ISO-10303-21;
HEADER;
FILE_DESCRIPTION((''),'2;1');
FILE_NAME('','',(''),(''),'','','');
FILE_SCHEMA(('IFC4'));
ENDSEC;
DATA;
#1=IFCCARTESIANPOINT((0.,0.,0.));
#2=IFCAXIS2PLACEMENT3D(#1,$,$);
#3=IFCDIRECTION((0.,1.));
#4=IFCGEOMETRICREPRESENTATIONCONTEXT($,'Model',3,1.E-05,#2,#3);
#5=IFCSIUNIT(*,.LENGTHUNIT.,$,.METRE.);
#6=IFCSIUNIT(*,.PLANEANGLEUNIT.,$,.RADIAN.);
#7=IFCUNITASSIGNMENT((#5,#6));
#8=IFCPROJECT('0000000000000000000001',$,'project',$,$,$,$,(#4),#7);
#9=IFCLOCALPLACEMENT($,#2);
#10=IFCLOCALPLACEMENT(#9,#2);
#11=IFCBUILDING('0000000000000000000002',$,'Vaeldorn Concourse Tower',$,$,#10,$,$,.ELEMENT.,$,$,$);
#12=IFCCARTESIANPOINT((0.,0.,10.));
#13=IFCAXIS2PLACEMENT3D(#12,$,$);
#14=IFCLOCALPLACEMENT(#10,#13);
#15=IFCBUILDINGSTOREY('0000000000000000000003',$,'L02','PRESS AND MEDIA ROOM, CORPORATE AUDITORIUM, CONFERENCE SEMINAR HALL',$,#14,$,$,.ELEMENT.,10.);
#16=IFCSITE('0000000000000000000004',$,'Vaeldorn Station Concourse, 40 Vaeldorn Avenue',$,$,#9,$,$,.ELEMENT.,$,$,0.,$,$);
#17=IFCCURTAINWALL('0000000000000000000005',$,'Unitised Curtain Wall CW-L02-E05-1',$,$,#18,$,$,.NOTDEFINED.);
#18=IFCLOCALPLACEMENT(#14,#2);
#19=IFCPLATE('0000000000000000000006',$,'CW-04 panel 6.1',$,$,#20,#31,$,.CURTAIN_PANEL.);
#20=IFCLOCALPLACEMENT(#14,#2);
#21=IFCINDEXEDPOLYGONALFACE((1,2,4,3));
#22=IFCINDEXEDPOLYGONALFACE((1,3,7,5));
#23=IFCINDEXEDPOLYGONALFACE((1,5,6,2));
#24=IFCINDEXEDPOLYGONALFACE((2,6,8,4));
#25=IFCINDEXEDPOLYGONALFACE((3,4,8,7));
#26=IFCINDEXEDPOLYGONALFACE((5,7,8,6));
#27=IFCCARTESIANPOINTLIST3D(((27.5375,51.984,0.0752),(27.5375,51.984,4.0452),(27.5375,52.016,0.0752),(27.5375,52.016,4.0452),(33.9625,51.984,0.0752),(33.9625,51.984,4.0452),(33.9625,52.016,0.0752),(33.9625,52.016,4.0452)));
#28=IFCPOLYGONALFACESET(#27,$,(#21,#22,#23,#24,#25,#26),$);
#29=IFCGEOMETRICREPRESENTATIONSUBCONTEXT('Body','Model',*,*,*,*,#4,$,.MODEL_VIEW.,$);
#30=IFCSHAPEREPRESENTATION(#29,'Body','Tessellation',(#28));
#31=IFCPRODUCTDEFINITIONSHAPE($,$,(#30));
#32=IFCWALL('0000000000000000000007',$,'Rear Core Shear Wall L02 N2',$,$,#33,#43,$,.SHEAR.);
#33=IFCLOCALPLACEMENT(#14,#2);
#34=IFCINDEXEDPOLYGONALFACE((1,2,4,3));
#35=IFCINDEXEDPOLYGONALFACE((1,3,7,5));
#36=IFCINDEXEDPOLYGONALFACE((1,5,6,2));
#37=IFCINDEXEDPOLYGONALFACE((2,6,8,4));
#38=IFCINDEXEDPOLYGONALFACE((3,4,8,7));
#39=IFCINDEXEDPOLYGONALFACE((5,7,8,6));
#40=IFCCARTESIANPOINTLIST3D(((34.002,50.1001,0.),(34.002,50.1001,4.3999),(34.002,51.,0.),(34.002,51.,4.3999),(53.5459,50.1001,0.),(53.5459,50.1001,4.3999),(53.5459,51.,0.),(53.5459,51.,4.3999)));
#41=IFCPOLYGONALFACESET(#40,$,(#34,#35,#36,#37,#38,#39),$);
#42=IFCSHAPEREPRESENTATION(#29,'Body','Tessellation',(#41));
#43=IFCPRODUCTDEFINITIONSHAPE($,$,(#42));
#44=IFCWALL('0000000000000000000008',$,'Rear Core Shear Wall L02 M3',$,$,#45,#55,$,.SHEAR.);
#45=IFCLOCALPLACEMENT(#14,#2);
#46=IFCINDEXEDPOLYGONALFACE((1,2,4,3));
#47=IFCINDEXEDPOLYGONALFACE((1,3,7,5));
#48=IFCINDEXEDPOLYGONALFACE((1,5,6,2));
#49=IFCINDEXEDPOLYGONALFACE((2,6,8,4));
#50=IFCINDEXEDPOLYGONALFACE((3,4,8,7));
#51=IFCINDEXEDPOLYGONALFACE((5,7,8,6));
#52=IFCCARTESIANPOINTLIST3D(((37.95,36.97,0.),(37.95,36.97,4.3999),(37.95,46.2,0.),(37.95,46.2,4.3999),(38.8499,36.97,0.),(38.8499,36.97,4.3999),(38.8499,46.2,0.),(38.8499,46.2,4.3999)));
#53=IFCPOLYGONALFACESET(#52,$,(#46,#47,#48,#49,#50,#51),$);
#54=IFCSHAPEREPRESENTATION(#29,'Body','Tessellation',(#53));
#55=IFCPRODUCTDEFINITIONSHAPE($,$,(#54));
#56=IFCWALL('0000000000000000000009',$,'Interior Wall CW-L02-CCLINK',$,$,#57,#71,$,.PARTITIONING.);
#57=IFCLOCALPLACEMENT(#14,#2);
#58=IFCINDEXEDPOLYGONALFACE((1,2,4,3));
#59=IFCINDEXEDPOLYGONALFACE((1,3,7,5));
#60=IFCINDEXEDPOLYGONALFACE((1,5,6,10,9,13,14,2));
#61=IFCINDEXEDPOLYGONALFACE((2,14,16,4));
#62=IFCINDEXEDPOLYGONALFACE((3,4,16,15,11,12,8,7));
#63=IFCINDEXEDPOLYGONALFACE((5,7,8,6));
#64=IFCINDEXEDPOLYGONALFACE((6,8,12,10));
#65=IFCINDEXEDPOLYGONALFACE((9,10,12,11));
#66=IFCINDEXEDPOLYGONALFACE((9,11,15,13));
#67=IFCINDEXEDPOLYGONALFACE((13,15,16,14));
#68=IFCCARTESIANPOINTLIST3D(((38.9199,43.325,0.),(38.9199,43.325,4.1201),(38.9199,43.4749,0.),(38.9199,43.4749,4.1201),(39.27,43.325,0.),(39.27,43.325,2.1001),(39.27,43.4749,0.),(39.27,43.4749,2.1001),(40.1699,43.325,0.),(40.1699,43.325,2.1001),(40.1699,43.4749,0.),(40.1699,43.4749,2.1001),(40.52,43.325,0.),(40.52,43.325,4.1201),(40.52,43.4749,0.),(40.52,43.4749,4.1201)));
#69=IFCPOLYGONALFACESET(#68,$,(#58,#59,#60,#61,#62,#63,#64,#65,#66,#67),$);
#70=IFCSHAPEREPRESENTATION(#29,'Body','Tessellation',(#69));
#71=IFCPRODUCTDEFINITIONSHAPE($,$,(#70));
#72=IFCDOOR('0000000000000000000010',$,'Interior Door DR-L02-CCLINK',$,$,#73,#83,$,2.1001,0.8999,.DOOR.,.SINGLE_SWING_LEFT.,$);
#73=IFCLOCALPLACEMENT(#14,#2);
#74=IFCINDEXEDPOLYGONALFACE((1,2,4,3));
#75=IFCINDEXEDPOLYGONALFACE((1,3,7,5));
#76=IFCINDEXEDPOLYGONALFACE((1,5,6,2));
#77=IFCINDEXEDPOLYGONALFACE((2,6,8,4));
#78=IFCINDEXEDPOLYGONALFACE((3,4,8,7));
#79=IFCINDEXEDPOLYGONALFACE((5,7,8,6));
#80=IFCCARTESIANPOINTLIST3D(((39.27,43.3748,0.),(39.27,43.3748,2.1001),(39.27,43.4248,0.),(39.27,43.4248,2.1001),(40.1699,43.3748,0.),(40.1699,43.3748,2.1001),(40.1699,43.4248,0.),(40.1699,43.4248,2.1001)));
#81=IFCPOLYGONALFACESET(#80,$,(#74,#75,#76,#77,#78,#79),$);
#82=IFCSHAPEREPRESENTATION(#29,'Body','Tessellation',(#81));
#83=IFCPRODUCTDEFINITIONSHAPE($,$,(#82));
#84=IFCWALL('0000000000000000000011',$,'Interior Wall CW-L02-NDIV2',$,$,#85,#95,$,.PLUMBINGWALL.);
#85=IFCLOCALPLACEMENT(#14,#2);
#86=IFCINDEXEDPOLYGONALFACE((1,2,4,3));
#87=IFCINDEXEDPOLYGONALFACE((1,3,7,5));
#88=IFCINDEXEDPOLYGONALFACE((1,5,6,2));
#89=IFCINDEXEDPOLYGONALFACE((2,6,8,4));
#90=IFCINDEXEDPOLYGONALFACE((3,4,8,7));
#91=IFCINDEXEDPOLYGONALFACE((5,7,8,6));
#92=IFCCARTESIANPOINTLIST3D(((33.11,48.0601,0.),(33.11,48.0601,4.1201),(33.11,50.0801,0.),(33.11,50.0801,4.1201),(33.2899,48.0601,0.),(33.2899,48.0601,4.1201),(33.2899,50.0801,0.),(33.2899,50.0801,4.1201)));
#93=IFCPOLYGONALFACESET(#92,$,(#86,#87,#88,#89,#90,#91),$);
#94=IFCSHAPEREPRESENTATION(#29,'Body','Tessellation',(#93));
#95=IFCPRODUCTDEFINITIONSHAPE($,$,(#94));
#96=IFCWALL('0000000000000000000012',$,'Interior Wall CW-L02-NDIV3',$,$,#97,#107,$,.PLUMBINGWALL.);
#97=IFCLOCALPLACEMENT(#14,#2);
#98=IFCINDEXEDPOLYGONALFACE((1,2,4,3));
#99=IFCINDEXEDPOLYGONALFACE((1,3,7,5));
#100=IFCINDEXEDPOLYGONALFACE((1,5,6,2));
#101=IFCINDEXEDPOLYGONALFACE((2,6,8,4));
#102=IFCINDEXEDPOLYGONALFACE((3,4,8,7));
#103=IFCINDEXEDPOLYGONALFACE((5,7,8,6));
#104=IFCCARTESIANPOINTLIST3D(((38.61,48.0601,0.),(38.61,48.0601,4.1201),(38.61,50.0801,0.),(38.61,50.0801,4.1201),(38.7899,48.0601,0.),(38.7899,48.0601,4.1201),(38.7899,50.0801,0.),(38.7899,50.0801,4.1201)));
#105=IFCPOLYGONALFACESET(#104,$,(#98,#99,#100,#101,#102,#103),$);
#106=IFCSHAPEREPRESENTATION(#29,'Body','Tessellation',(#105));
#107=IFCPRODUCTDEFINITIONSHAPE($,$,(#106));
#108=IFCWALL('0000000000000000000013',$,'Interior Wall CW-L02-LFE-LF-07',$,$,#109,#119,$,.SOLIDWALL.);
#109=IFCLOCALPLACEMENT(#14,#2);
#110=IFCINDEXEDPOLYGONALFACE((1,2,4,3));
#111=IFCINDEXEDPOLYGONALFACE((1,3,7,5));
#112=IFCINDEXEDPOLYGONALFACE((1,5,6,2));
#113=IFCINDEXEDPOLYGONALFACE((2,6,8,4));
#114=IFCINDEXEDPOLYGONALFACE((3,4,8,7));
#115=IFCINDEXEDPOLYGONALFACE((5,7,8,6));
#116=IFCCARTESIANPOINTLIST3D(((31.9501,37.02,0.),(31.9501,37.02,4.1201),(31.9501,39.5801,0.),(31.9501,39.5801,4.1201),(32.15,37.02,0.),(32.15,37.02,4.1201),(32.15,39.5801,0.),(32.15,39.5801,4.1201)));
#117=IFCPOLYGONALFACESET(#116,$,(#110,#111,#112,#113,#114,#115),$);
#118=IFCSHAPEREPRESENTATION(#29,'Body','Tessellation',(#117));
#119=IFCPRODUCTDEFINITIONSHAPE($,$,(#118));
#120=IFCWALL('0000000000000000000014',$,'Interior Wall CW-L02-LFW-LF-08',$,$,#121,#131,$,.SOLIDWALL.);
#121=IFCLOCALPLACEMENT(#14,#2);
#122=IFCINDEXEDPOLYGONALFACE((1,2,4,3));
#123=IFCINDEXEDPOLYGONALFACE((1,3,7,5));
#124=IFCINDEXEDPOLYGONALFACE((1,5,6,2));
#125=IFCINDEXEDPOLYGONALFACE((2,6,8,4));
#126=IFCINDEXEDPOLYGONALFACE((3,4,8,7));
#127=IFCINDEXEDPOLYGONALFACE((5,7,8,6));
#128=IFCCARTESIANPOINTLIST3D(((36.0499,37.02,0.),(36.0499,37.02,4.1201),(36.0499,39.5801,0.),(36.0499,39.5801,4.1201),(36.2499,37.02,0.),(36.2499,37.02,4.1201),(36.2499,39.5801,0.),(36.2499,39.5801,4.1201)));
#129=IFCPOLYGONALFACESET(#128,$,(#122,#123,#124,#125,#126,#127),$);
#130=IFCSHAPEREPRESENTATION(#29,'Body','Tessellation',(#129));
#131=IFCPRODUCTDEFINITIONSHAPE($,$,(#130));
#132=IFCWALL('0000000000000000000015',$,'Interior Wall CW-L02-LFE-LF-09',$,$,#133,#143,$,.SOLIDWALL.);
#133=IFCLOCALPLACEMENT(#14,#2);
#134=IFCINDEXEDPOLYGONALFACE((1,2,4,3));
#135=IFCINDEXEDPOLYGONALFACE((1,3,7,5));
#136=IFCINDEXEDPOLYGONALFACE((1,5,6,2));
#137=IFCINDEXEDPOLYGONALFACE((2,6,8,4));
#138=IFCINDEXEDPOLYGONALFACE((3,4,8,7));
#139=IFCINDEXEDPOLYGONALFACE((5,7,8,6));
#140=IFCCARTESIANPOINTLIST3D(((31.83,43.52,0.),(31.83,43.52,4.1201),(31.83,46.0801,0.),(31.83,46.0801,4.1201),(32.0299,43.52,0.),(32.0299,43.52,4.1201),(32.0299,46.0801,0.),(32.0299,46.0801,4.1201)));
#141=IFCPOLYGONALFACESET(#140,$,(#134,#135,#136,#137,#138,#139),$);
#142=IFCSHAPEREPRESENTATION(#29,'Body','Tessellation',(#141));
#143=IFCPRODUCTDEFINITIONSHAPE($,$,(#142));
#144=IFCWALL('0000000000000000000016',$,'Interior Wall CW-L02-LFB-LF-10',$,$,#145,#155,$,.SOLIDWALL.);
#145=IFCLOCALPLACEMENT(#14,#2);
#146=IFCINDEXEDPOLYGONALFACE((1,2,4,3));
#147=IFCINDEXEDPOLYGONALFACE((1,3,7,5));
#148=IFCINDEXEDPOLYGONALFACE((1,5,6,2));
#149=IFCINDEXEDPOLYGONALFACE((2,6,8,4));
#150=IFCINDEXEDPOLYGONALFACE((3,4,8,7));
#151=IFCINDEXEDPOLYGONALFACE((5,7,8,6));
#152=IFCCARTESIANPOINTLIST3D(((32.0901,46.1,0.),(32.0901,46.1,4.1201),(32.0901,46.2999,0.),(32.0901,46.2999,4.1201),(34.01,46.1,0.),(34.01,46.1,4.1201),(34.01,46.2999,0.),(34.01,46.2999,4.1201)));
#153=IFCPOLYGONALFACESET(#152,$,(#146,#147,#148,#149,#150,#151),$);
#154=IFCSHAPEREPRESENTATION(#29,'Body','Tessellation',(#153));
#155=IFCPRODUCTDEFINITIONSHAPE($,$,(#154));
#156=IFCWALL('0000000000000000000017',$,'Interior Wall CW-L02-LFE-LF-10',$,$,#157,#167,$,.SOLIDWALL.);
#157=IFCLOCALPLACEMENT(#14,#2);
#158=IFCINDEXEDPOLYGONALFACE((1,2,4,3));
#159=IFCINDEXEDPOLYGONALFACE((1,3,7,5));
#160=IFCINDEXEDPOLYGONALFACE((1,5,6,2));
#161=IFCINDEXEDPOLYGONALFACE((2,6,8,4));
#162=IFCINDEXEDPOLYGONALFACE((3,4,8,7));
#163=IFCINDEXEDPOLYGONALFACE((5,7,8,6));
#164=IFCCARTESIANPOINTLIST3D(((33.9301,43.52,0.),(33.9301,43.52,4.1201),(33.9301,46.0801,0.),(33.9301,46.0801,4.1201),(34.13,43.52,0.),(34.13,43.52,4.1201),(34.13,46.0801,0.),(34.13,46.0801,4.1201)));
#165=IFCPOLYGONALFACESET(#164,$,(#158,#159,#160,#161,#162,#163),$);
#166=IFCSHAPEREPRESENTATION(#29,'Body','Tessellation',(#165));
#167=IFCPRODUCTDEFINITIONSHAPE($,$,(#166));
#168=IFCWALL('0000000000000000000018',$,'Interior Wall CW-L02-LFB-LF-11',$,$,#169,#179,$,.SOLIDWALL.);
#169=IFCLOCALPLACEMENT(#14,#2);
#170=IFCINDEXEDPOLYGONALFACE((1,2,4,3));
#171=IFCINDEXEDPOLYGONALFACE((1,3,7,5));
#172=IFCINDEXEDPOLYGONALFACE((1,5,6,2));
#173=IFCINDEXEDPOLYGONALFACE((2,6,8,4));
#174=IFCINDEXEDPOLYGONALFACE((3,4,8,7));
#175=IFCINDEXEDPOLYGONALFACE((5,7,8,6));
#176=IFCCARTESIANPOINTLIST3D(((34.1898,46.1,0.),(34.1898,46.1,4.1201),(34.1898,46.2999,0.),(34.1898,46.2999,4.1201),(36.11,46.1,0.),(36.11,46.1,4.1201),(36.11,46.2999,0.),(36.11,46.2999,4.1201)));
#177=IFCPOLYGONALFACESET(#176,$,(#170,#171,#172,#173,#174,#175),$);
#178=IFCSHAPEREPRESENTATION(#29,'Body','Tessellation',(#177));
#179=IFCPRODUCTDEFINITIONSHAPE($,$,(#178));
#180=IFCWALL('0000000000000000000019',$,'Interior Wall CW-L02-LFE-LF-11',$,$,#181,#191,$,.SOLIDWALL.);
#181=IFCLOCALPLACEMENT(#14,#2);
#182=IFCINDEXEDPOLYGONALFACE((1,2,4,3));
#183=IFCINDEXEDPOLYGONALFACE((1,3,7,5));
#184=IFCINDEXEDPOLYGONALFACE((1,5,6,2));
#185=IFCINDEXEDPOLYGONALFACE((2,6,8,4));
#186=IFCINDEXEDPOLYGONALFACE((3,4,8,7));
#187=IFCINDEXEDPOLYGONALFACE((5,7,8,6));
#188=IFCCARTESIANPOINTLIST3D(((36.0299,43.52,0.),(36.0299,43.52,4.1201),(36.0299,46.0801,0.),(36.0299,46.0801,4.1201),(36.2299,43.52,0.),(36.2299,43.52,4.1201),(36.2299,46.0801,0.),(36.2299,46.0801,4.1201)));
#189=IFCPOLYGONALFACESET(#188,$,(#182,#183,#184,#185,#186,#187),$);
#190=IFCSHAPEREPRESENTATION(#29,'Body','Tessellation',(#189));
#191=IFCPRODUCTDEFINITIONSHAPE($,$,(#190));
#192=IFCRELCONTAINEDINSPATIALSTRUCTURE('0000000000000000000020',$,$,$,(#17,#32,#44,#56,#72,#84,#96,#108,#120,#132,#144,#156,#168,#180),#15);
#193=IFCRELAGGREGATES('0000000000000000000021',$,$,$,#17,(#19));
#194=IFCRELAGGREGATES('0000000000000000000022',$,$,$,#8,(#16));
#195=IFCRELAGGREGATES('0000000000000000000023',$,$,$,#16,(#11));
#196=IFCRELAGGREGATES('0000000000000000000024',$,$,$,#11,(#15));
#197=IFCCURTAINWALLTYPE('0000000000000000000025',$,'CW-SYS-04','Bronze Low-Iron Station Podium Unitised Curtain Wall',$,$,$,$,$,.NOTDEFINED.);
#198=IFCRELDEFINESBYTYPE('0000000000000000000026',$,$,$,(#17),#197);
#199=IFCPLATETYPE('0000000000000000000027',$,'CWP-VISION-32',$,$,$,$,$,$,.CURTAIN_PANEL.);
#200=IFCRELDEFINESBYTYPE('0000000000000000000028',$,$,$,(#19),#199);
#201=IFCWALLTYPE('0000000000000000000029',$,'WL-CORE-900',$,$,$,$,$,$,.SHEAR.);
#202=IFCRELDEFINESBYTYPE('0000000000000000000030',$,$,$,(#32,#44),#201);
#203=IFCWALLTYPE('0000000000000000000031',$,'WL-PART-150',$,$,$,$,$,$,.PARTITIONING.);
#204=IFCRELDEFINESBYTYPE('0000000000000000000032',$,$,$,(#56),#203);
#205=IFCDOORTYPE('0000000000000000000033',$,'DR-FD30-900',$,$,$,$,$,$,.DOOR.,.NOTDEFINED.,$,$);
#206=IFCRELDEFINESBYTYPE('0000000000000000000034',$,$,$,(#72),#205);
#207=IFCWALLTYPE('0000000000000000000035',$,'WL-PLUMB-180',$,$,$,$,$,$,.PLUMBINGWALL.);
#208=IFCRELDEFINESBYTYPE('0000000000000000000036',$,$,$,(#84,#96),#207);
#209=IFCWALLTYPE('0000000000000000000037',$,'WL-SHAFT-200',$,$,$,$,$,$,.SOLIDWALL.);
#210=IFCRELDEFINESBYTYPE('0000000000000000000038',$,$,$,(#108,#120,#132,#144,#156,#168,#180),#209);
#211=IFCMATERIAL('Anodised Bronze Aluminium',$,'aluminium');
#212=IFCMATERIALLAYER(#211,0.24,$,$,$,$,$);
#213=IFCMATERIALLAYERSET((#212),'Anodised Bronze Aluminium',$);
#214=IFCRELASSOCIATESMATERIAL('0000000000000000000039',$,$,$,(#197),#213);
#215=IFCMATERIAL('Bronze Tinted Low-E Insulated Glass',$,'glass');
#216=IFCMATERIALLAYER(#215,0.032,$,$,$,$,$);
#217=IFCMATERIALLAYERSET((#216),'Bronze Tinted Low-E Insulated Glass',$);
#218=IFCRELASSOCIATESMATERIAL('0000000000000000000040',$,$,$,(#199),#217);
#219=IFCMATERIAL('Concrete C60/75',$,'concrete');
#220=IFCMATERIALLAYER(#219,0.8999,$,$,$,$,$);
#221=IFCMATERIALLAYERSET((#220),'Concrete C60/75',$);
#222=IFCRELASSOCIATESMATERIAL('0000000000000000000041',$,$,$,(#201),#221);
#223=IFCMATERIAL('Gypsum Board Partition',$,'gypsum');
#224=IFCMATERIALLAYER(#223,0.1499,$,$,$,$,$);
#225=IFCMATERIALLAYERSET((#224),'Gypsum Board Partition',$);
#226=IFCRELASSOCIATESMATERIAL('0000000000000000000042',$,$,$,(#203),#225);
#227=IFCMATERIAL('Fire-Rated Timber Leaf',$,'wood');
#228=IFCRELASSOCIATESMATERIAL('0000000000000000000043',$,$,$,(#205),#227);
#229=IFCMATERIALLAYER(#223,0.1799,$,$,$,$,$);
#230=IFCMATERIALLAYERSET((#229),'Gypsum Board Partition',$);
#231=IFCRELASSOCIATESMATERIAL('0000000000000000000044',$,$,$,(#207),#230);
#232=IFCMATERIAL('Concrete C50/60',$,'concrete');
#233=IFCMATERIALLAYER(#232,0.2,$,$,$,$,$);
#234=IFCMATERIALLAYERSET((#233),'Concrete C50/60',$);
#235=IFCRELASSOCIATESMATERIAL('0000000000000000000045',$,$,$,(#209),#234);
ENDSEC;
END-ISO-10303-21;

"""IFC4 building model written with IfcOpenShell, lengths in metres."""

from ifc_helpers import new_model, si_unit, direction, frame, frame_2d, origin, origin_2d, place, context, subcontext, project, spatial, rectangle, extrude, source, transform, mapped, material, layer, layer_set, type_object, element, fill, aggregate, save


model = new_model("IFC4")

# Units and contexts
model_context = context("Model", 3, precision=1e-05, world=origin(), true_north=direction((0.0, 1.0)))
body_context = subcontext(model_context, "Body", "Model", "MODEL_VIEW")
ifc_project = project(units=[si_unit("LENGTHUNIT", "METRE"), si_unit("PLANEANGLEUNIT", "RADIAN")], contexts=[model_context])

# Site, building, storey
site_placement = place(None, origin())
site = spatial("IfcSite", under=ifc_project, at=site_placement, Name="Vaeldorn Station Concourse, 40 Vaeldorn Avenue", CompositionType="ELEMENT", RefElevation=0.0)
building_placement = place(site_placement, origin())
building = spatial("IfcBuilding", under=site, at=building_placement, Name="Vaeldorn Concourse Tower", CompositionType="ELEMENT")
storey_placement = place(building_placement, frame((0.0, 0.0, 10.0)))
storey = spatial("IfcBuildingStorey", under=building, at=storey_placement, Name="L02", Description="PRESS AND MEDIA ROOM, CORPORATE AUDITORIUM, CONFERENCE SEMINAR HALL", CompositionType="ELEMENT", Elevation=10.0)

# Curtain wall, plate
ifc_material_1 = material(Name="Anodised Bronze Aluminium", Category="aluminium")
ifc_layer_1 = layer(ifc_material_1, 0.24)
ifc_layer_set_1 = layer_set([ifc_layer_1], Name="Anodised Bronze Aluminium")
curtain_wall_type = type_object("IfcCurtainWallType", Name="CW-SYS-04", Description="Bronze Low-Iron Station Podium Unitised Curtain Wall", PredefinedType="NOTDEFINED", material=ifc_layer_set_1)
curtain_wall_placement = place(storey_placement, origin())
curtain_wall = element("IfcCurtainWall", 1, at=curtain_wall_placement, inside=storey, type_object=curtain_wall_type, Name="Unitised Curtain Wall CW-L02-E05-1", PredefinedType="NOTDEFINED")
ifc_material_2 = material(Name="Bronze Tinted Low-E Insulated Glass", Category="glass")
ifc_layer_2 = layer(ifc_material_2, 0.032)
ifc_layer_set_2 = layer_set([ifc_layer_2], Name="Bronze Tinted Low-E Insulated Glass")
plate_type = type_object("IfcPlateType", Name="CWP-VISION-32", PredefinedType="CURTAIN_PANEL", material=ifc_layer_set_2)
shared_shape_1 = source(origin(), body_context, "Body", "SweptSolid", [
    extrude(rectangle(XDim=6.425, YDim=0.032, at=origin_2d()), origin(), (0.0, 0.0, 1.0), 3.97),
])
plate_1_placement = place(storey_placement, frame((30.75, 52.0, 0.0752), z_axis=(0.0, 0.0, 1.0), x_axis=(-1.0, 0.0, 0.0)))
plate_1 = element("IfcPlate", 2, at=plate_1_placement, type_object=plate_type, Name="CW-04 panel 6.1", PredefinedType="CURTAIN_PANEL", context=body_context, shape_type="MappedRepresentation", body=[
    mapped(shared_shape_1, transform((0.0, 0.0, 0.0), scale=1.0)),
])
aggregate(curtain_wall, [plate_1])

# Walls
ifc_material_3 = material(Name="Concrete C60/75", Category="concrete")
ifc_layer_3 = layer(ifc_material_3, 0.8999)
ifc_layer_set_3 = layer_set([ifc_layer_3], Name="Concrete C60/75")
wall_type_1 = type_object("IfcWallType", Name="WL-CORE-900", PredefinedType="SHEAR", material=ifc_layer_set_3)
wall_1_placement = place(storey_placement, frame((34.002, 50.55, 0.0), z_axis=(0.0, 0.0, 1.0), x_axis=(1.0, 0.0, 0.0)))
element("IfcWall", 3, at=wall_1_placement, inside=storey, type_object=wall_type_1, Name="Rear Core Shear Wall L02 N2", PredefinedType="SHEAR", context=body_context, shape_type="SweptSolid", body=[
    extrude(rectangle(XDim=19.5439, YDim=0.8999, at=frame_2d((9.772, 0.0))), origin(), (0.0, 0.0, 1.0), 4.3999),
])
wall_2_placement = place(storey_placement, frame((38.3999, 36.97, 0.0), z_axis=(0.0, 0.0, 1.0), x_axis=(0.0, 1.0, 0.0)))
element("IfcWall", 4, at=wall_2_placement, inside=storey, type_object=wall_type_1, Name="Rear Core Shear Wall L02 M3", PredefinedType="SHEAR", context=body_context, shape_type="SweptSolid", body=[
    extrude(rectangle(XDim=9.23, YDim=0.8999, at=frame_2d((4.615, 0.0))), origin(), (0.0, 0.0, 1.0), 4.3999),
])

# Wall, opening, door
ifc_material_4 = material(Name="Gypsum Board Partition", Category="gypsum")
ifc_layer_4 = layer(ifc_material_4, 0.1499)
ifc_layer_set_4 = layer_set([ifc_layer_4], Name="Gypsum Board Partition")
wall_type_2 = type_object("IfcWallType", Name="WL-PART-150", PredefinedType="PARTITIONING", material=ifc_layer_set_4)
wall_3_placement = place(storey_placement, frame((38.9199, 43.3999, 0.0), z_axis=(0.0, 0.0, 1.0), x_axis=(1.0, 0.0, 0.0)))
wall_3 = element("IfcWall", 5, at=wall_3_placement, inside=storey, type_object=wall_type_2, Name="Interior Wall CW-L02-CCLINK", PredefinedType="PARTITIONING", context=body_context, shape_type="SweptSolid", body=[
    extrude(rectangle(XDim=1.6001, YDim=0.1499, at=frame_2d((0.8, 0.0))), origin(), (0.0, 0.0, 1.0), 4.1201),
])
opening_1_placement = place(wall_3_placement, frame((0.3501, 0.0, 0.0)))
opening_1 = element("IfcOpeningElement", 6, at=opening_1_placement, cuts=wall_3, PredefinedType="OPENING", context=body_context, shape_type="SweptSolid", body=[
    extrude(rectangle(XDim=0.8999, YDim=2.1001, at=frame_2d((0.45, 1.05))), frame((0.0, 0.085, 0.0), z_axis=(0.0, -1.0, 0.0), x_axis=(1.0, 0.0, 0.0)), (0.0, 0.0, 1.0), 0.1699),
])
ifc_material_5 = material(Name="Fire-Rated Timber Leaf", Category="wood")
door_type_1 = type_object("IfcDoorType", Name="DR-FD30-900", OperationType="NOTDEFINED", PredefinedType="DOOR", material=ifc_material_5)
shared_shape_2 = source(origin(), body_context, "Body", "SweptSolid", [
    extrude(rectangle(XDim=0.8999, YDim=2.1001, at=frame_2d((0.45, 1.05))), frame((0.0, 0.0249, 0.0), z_axis=(0.0, -1.0, 0.0), x_axis=(1.0, 0.0, 0.0)), (0.0, 0.0, 1.0), 0.05),
])
door_1_placement = place(opening_1_placement, origin())
door_1 = element("IfcDoor", 7, at=door_1_placement, inside=storey, type_object=door_type_1, Name="Interior Door DR-L02-CCLINK", OperationType="SINGLE_SWING_LEFT", OverallHeight=2.1001, OverallWidth=0.8999, PredefinedType="DOOR", context=body_context, shape_type="MappedRepresentation", body=[
    mapped(shared_shape_2, transform((0.0, 0.0, 0.0), scale=1.0)),
])
fill(opening_1, door_1)

# Walls
ifc_layer_5 = layer(ifc_material_4, 0.1799)
ifc_layer_set_5 = layer_set([ifc_layer_5], Name="Gypsum Board Partition")
wall_type_3 = type_object("IfcWallType", Name="WL-PLUMB-180", PredefinedType="PLUMBINGWALL", material=ifc_layer_set_5)
for number, where, z_axis, x_axis, name in (
    (8, (33.2, 48.0601, 0.0), (0.0, 0.0, 1.0), (0.0, 1.0, 0.0), "Interior Wall CW-L02-NDIV2"),
    (9, (38.7, 48.0601, 0.0), (0.0, 0.0, 1.0), (0.0, 1.0, 0.0), "Interior Wall CW-L02-NDIV3"),
):
    element("IfcWall", number, at=place(storey_placement, frame(where, z_axis=z_axis, x_axis=x_axis)), inside=storey, type_object=wall_type_3, Name=name, PredefinedType="PLUMBINGWALL", context=body_context, shape_type="SweptSolid", body=[
        extrude(rectangle(XDim=2.02, YDim=0.1799, at=frame_2d((1.01, 0.0))), origin(), (0.0, 0.0, 1.0), 4.1201),
    ])
ifc_material_6 = material(Name="Concrete C50/60", Category="concrete")
ifc_layer_6 = layer(ifc_material_6, 0.2)
ifc_layer_set_6 = layer_set([ifc_layer_6], Name="Concrete C50/60")
wall_type_4 = type_object("IfcWallType", Name="WL-SHAFT-200", PredefinedType="SOLIDWALL", material=ifc_layer_set_6)
wall_4_placement = place(storey_placement, frame((32.05, 37.02, 0.0), z_axis=(0.0, 0.0, 1.0), x_axis=(0.0, 1.0, 0.0)))
element("IfcWall", 10, at=wall_4_placement, inside=storey, type_object=wall_type_4, Name="Interior Wall CW-L02-LFE-LF-07", PredefinedType="SOLIDWALL", context=body_context, shape_type="SweptSolid", body=[
    extrude(rectangle(XDim=2.5601, YDim=0.2, at=frame_2d((1.28, 0.0))), origin(), (0.0, 0.0, 1.0), 4.1201),
])

# Walls
for number, where, z_axis, x_axis, name in (
    (11, (36.1499, 37.02, 0.0), (0.0, 0.0, 1.0), (0.0, 1.0, 0.0), "Interior Wall CW-L02-LFW-LF-08"),
    (12, (31.9299, 43.52, 0.0), (0.0, 0.0, 1.0), (0.0, 1.0, 0.0), "Interior Wall CW-L02-LFE-LF-09"),
):
    element("IfcWall", number, at=place(storey_placement, frame(where, z_axis=z_axis, x_axis=x_axis)), inside=storey, type_object=wall_type_4, Name=name, PredefinedType="SOLIDWALL", context=body_context, shape_type="SweptSolid", body=[
        extrude(rectangle(XDim=2.5601, YDim=0.2, at=frame_2d((1.28, 0.0))), origin(), (0.0, 0.0, 1.0), 4.1201),
    ])

# Walls
wall_5_placement = place(storey_placement, frame((32.0901, 46.2, 0.0), z_axis=(0.0, 0.0, 1.0), x_axis=(1.0, 0.0, 0.0)))
element("IfcWall", 13, at=wall_5_placement, inside=storey, type_object=wall_type_4, Name="Interior Wall CW-L02-LFB-LF-10", PredefinedType="SOLIDWALL", context=body_context, shape_type="SweptSolid", body=[
    extrude(rectangle(XDim=1.9199, YDim=0.2, at=frame_2d((0.96, 0.0))), origin(), (0.0, 0.0, 1.0), 4.1201),
])
wall_6_placement = place(storey_placement, frame((34.03, 43.52, 0.0), z_axis=(0.0, 0.0, 1.0), x_axis=(0.0, 1.0, 0.0)))
element("IfcWall", 14, at=wall_6_placement, inside=storey, type_object=wall_type_4, Name="Interior Wall CW-L02-LFE-LF-10", PredefinedType="SOLIDWALL", context=body_context, shape_type="SweptSolid", body=[
    extrude(rectangle(XDim=2.5601, YDim=0.2, at=frame_2d((1.28, 0.0))), origin(), (0.0, 0.0, 1.0), 4.1201),
])

# Walls
wall_7_placement = place(storey_placement, frame((34.1899, 46.2, 0.0), z_axis=(0.0, 0.0, 1.0), x_axis=(1.0, 0.0, 0.0)))
element("IfcWall", 15, at=wall_7_placement, inside=storey, type_object=wall_type_4, Name="Interior Wall CW-L02-LFB-LF-11", PredefinedType="SOLIDWALL", context=body_context, shape_type="SweptSolid", body=[
    extrude(rectangle(XDim=1.9202, YDim=0.2, at=frame_2d((0.96, 0.0))), origin(), (0.0, 0.0, 1.0), 4.1201),
])
wall_8_placement = place(storey_placement, frame((36.1299, 43.52, 0.0), z_axis=(0.0, 0.0, 1.0), x_axis=(0.0, 1.0, 0.0)))
element("IfcWall", 16, at=wall_8_placement, inside=storey, type_object=wall_type_4, Name="Interior Wall CW-L02-LFE-LF-11", PredefinedType="SOLIDWALL", context=body_context, shape_type="SweptSolid", body=[
    extrude(rectangle(XDim=2.5601, YDim=0.2, at=frame_2d((1.28, 0.0))), origin(), (0.0, 0.0, 1.0), 4.1201),
])

save(model, "model.ifc")
